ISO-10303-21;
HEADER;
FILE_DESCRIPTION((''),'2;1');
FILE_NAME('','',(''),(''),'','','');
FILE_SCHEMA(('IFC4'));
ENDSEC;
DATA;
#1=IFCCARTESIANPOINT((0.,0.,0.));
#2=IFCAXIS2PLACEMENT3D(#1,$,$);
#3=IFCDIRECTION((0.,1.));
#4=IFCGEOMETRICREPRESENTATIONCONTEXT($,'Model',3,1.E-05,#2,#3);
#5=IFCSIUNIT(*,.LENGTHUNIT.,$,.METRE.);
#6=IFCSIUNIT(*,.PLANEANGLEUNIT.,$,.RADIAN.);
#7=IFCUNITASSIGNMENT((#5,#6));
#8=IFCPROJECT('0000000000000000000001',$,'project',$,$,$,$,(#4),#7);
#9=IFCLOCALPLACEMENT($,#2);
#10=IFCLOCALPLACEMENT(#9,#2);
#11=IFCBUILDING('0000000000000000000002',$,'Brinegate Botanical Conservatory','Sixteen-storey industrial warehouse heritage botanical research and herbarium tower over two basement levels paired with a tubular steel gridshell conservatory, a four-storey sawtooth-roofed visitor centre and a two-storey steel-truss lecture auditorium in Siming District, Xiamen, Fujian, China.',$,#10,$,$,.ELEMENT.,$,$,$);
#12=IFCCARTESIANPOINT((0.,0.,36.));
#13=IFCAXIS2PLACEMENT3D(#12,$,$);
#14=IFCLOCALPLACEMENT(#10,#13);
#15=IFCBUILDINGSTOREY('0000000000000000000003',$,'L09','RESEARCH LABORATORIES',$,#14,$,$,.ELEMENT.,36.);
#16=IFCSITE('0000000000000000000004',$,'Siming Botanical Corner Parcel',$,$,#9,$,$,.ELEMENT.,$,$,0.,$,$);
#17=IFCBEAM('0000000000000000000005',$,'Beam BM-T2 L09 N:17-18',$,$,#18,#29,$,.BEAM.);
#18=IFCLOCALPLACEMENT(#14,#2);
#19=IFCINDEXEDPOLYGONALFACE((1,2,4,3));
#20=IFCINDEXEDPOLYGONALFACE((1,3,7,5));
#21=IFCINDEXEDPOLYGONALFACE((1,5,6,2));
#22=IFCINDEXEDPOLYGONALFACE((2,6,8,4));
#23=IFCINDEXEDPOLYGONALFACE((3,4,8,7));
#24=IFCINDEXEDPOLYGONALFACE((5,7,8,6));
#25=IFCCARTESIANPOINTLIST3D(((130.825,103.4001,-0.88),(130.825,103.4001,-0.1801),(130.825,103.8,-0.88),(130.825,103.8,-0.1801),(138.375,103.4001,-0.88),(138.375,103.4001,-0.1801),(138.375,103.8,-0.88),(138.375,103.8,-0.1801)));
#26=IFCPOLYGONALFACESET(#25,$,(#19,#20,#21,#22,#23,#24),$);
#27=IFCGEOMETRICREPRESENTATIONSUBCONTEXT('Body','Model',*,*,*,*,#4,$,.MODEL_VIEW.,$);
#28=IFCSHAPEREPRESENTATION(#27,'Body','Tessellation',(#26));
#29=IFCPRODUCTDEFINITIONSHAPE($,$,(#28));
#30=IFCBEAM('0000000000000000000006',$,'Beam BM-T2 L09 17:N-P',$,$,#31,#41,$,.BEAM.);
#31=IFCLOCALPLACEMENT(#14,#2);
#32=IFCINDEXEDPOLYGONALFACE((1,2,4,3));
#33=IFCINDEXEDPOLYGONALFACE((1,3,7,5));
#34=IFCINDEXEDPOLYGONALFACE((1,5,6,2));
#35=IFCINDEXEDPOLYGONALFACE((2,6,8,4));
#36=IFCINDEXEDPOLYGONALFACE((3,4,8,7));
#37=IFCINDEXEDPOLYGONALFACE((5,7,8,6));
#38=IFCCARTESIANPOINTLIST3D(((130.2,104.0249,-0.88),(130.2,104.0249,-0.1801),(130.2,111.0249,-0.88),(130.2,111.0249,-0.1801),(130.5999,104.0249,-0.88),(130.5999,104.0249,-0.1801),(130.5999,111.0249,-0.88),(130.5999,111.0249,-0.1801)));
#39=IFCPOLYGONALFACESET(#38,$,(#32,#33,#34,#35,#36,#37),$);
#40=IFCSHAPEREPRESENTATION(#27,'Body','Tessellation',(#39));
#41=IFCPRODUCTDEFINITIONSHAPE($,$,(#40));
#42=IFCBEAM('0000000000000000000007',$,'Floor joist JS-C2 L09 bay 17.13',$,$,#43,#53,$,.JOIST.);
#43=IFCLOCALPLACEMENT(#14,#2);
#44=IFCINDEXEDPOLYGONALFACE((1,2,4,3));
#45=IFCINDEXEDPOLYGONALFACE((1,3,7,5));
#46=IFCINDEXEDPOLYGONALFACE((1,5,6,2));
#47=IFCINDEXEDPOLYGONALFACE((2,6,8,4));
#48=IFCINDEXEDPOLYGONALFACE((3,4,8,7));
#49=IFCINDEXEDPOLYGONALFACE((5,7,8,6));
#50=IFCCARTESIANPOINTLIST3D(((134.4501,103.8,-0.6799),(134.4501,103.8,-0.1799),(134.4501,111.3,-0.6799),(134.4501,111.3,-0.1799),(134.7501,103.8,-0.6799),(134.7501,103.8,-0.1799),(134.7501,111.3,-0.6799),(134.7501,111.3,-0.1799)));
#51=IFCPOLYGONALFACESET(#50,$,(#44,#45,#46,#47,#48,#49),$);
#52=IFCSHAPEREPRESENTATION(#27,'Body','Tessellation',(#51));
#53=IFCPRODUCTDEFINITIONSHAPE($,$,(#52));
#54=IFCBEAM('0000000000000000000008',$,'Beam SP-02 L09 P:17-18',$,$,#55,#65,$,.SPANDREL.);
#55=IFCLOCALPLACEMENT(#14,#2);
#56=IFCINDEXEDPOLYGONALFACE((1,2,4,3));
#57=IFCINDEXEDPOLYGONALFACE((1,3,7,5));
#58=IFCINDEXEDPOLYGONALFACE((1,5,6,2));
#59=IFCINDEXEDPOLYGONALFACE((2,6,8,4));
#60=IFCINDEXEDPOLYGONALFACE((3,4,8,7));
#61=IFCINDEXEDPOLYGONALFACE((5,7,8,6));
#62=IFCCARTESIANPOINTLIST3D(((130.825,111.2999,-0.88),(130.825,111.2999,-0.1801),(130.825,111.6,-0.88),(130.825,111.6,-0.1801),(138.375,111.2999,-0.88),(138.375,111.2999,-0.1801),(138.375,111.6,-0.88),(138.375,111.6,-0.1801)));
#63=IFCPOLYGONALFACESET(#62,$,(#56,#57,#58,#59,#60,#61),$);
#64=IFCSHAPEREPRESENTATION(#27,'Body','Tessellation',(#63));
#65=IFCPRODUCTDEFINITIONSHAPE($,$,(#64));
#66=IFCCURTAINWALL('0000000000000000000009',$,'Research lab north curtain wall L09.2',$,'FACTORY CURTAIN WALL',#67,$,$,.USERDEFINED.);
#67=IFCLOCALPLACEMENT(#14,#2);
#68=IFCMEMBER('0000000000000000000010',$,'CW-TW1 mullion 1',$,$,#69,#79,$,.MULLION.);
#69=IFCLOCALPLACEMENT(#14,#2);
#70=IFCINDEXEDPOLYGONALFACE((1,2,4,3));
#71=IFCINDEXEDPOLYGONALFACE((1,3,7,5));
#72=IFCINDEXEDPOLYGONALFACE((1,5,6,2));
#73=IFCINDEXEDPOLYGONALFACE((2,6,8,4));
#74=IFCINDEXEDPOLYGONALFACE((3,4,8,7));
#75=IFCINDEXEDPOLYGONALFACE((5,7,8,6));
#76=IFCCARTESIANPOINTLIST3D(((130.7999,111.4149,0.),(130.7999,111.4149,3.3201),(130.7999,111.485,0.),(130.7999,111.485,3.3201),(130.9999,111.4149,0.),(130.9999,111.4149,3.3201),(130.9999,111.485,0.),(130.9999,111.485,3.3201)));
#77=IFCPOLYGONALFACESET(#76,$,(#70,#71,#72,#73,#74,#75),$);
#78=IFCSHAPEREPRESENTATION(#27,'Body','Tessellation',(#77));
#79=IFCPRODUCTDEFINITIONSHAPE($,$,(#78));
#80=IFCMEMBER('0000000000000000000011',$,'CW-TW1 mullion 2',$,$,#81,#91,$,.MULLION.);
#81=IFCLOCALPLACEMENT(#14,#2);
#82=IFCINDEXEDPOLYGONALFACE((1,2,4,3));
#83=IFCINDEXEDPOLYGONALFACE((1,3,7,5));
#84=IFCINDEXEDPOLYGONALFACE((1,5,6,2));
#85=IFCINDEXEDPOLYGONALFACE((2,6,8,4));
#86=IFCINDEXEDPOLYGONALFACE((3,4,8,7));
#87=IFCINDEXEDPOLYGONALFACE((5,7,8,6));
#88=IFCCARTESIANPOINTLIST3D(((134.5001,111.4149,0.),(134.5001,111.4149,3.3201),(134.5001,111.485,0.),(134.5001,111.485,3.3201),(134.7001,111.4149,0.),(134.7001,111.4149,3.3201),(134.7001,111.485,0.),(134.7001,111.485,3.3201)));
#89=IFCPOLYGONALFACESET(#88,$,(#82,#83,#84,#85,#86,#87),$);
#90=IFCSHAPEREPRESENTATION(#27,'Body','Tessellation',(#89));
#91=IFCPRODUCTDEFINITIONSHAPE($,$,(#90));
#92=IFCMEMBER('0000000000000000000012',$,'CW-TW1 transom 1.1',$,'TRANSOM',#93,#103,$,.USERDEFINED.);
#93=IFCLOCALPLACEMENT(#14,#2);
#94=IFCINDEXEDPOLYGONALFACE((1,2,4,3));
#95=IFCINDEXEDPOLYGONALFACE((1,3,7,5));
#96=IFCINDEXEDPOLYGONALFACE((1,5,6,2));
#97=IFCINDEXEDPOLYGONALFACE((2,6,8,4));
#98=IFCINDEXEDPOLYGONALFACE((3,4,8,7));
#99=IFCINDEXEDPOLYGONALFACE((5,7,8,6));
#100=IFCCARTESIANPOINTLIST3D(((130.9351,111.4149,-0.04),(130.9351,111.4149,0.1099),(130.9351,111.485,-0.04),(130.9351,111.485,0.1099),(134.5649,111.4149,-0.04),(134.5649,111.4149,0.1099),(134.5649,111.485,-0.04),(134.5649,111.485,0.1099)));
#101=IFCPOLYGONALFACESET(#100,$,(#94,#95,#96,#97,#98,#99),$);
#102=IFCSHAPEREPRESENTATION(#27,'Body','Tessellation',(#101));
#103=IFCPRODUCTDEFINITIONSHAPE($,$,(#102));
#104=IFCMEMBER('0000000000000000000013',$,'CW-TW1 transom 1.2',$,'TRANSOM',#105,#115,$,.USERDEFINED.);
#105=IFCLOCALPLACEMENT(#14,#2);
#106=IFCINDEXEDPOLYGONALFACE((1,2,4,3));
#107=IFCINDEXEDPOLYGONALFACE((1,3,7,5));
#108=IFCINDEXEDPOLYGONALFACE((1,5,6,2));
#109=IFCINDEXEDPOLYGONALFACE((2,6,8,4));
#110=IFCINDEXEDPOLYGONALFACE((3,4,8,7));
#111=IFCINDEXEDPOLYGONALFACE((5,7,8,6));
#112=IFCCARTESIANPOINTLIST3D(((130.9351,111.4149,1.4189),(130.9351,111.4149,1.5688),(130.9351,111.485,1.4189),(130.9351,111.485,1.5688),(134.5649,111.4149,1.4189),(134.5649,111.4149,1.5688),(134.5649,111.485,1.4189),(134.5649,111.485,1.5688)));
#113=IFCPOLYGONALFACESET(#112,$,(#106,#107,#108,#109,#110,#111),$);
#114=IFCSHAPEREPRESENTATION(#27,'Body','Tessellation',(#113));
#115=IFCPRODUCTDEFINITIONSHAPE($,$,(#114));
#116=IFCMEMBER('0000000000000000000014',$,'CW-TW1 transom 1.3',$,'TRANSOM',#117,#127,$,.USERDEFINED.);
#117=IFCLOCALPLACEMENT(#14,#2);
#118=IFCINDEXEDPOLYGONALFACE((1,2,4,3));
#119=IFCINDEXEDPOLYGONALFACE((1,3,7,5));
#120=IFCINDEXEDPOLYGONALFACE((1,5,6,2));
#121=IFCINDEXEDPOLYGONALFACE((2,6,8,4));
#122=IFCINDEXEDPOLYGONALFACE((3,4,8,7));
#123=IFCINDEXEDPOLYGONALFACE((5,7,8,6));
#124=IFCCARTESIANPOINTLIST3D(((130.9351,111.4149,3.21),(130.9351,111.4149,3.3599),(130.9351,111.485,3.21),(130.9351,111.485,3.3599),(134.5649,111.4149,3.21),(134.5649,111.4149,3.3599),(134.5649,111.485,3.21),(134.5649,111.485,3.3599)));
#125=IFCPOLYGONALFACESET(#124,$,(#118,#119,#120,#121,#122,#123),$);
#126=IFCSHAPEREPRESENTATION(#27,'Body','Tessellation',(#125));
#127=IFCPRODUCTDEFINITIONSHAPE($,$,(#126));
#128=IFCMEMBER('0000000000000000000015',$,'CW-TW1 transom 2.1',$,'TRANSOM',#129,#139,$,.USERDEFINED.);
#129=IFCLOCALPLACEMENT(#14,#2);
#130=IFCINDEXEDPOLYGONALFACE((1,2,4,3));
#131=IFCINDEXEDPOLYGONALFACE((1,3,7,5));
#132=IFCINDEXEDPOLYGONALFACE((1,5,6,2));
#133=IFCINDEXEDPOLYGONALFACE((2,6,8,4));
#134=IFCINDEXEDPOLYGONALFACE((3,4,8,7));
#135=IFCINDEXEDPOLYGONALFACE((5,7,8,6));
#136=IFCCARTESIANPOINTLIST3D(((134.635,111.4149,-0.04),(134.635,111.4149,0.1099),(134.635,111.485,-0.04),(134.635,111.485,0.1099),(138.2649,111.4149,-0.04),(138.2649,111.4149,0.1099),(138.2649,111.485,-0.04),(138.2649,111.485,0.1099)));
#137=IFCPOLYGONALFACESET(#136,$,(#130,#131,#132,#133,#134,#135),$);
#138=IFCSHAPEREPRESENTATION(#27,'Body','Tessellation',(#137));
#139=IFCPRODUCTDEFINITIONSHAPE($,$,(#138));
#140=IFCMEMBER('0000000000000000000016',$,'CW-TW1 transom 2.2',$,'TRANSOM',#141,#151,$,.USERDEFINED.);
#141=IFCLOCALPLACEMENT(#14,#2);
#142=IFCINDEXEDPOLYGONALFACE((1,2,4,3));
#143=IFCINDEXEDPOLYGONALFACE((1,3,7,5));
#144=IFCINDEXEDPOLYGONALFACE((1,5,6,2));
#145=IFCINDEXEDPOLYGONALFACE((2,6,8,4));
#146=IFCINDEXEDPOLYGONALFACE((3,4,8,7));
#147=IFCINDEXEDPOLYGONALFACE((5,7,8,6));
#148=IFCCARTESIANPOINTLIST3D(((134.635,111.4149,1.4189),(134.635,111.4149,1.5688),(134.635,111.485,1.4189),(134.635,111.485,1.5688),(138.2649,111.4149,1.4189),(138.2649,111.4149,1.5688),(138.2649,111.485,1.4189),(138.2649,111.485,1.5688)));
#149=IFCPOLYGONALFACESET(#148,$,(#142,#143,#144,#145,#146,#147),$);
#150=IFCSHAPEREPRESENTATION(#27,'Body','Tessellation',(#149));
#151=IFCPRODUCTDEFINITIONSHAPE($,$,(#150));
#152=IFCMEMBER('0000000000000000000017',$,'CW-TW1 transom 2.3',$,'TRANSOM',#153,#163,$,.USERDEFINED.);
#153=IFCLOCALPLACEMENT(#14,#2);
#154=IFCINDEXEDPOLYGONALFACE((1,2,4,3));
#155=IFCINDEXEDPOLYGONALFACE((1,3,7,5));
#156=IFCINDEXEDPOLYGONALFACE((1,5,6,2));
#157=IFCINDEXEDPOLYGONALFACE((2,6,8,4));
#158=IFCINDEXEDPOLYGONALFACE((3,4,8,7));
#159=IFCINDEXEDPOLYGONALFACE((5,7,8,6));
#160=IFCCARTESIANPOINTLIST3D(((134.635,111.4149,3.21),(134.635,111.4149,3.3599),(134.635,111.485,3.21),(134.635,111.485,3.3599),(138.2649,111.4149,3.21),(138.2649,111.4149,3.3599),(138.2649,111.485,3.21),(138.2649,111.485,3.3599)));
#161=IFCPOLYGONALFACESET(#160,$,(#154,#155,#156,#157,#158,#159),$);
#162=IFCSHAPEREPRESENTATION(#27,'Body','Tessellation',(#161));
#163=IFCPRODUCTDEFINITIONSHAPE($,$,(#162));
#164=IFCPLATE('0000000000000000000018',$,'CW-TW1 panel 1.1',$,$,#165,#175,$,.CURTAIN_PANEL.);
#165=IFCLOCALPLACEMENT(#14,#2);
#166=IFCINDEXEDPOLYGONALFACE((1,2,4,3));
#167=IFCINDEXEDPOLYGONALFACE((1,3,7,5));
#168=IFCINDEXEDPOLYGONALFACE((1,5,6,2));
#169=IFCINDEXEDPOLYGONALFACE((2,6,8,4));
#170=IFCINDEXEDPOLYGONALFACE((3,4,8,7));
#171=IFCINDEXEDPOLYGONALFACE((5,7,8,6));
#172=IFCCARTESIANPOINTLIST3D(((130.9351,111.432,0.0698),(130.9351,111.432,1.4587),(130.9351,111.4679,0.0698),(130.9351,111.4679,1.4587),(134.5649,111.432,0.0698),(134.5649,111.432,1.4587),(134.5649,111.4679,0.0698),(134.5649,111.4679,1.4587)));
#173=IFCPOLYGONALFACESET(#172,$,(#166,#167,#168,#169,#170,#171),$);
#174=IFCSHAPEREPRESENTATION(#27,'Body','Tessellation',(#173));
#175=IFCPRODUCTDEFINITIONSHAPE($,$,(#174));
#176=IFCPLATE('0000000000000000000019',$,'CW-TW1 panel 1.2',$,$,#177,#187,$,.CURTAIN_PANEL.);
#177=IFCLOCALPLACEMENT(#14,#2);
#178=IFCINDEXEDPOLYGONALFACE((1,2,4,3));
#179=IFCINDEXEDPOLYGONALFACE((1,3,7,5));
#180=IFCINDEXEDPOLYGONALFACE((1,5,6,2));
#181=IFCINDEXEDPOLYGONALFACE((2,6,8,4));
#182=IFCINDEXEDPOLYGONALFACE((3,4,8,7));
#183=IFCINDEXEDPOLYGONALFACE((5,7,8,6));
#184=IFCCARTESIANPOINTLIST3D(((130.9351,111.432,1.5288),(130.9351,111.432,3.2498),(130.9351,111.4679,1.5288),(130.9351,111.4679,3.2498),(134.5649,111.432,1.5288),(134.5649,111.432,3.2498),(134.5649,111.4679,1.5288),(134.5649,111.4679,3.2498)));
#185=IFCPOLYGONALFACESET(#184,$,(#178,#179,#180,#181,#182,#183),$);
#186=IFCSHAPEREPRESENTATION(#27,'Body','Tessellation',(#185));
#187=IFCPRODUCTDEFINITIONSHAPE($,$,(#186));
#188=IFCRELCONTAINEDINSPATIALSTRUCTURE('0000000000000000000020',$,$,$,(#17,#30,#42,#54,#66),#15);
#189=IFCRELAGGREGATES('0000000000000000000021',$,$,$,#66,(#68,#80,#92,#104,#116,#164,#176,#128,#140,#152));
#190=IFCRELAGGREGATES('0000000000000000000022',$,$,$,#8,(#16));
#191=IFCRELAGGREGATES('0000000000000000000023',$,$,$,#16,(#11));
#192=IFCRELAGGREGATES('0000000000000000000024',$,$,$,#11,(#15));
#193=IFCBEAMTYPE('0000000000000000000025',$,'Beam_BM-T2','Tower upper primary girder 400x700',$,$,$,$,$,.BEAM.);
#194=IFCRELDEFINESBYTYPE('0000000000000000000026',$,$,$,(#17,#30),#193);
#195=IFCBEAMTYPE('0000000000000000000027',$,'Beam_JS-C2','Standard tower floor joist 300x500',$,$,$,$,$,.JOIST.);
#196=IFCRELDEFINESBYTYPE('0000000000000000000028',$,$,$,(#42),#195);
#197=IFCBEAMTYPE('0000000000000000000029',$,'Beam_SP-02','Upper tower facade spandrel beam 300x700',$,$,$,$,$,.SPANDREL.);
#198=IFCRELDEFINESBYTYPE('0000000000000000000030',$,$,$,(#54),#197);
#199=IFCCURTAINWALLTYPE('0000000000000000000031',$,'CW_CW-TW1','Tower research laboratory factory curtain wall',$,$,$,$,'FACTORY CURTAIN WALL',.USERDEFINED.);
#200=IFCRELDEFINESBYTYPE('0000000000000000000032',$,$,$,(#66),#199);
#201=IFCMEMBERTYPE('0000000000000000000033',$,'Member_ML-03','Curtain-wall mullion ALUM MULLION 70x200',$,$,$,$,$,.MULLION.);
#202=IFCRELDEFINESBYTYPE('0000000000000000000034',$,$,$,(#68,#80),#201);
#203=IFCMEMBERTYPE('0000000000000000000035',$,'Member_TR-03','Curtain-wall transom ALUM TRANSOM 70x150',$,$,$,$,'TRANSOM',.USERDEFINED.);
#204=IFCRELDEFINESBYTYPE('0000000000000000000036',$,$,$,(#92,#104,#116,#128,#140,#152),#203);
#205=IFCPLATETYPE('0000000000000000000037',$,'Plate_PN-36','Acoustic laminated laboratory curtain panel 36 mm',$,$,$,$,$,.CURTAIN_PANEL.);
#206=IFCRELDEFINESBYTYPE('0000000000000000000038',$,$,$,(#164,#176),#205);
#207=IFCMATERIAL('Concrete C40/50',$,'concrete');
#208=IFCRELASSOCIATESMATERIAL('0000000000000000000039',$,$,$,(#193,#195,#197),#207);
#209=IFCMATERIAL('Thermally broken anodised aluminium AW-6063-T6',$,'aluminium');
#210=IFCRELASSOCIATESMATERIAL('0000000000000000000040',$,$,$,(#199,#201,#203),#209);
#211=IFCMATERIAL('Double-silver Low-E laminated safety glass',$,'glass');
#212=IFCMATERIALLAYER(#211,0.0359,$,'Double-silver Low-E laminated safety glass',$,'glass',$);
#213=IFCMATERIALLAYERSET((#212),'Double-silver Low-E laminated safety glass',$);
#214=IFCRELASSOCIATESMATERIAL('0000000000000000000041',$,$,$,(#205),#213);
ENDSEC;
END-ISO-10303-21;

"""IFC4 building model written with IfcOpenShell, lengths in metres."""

from ifc_helpers import new_model, si_unit, direction, frame, origin, origin_2d, place, context, subcontext, project, spatial, rectangle, extrude, material, layer, layer_set, material_profile, profile_set, type_object, element, aggregate, save


model = new_model("IFC4")

# Units and contexts
model_context = context("Model", 3, precision=1e-05, world=origin(), true_north=direction((0.0, 1.0)))
body_context = subcontext(model_context, "Body", "Model", "MODEL_VIEW")
ifc_project = project(units=[si_unit("LENGTHUNIT", "METRE"), si_unit("PLANEANGLEUNIT", "RADIAN")], contexts=[model_context])

# Site, building, storey
site_placement = place(None, origin())
site = spatial("IfcSite", under=ifc_project, at=site_placement, Name="Siming Botanical Corner Parcel", CompositionType="ELEMENT", RefElevation=0.0)
building_placement = place(site_placement, origin())
building = spatial("IfcBuilding", under=site, at=building_placement, Name="Brinegate Botanical Conservatory", Description="Sixteen-storey industrial warehouse heritage botanical research and herbarium tower over two basement levels paired with a tubular steel gridshell conservatory, a four-storey sawtooth-roofed visitor centre and a two-storey steel-truss lecture auditorium in Siming District, Xiamen, Fujian, China.", CompositionType="ELEMENT")
storey_placement = place(building_placement, frame((0.0, 0.0, 36.0)))
storey = spatial("IfcBuildingStorey", under=building, at=storey_placement, Name="L09", Description="RESEARCH LABORATORIES", CompositionType="ELEMENT", Elevation=36.0)

# Beams
ifc_material_1 = material(Name="Concrete C40/50", Category="concrete")
ifc_material_profile_1 = material_profile(ifc_material_1, rectangle(XDim=0.3999, YDim=0.7, at=origin_2d()), Name="RC BM 400x700")
ifc_profile_set_1 = profile_set([ifc_material_profile_1], Name="Concrete C40/50")
beam_type_1 = type_object("IfcBeamType", Name="Beam_BM-T2", Description="Tower upper primary girder 400x700", PredefinedType="BEAM", material=ifc_profile_set_1)
beam_1_placement = place(storey_placement, frame((130.825, 103.6001, -0.53), z_axis=(1.0, 0.0, 0.0), x_axis=(0.0, 1.0, 0.0)))
element("IfcBeam", 1, at=beam_1_placement, inside=storey, type_object=beam_type_1, Name="Beam BM-T2 L09 N:17-18", PredefinedType="BEAM", context=body_context, shape_type="SweptSolid", body=[
    extrude(rectangle(XDim=0.3999, YDim=0.7, at=origin_2d()), origin(), (0.0, 0.0, 1.0), 7.55),
])
beam_2_placement = place(storey_placement, frame((130.3999, 104.0249, -0.53), z_axis=(0.0, 1.0, 0.0), x_axis=(-1.0, 0.0, 0.0)))
element("IfcBeam", 2, at=beam_2_placement, inside=storey, type_object=beam_type_1, Name="Beam BM-T2 L09 17:N-P", PredefinedType="BEAM", context=body_context, shape_type="SweptSolid", body=[
    extrude(rectangle(XDim=0.3999, YDim=0.7, at=origin_2d()), origin(), (0.0, 0.0, 1.0), 7.0),
])
ifc_material_profile_2 = material_profile(ifc_material_1, rectangle(XDim=0.3, YDim=0.5, at=origin_2d()), Name="RC JST 300x500")
ifc_profile_set_2 = profile_set([ifc_material_profile_2], Name="Concrete C40/50")
beam_type_2 = type_object("IfcBeamType", Name="Beam_JS-C2", Description="Standard tower floor joist 300x500", PredefinedType="JOIST", material=ifc_profile_set_2)
beam_3_placement = place(storey_placement, frame((134.6001, 103.8, -0.4299), z_axis=(0.0, 1.0, 0.0), x_axis=(-1.0, 0.0, 0.0)))
element("IfcBeam", 3, at=beam_3_placement, inside=storey, type_object=beam_type_2, Name="Floor joist JS-C2 L09 bay 17.13", PredefinedType="JOIST", context=body_context, shape_type="SweptSolid", body=[
    extrude(rectangle(XDim=0.3, YDim=0.5, at=origin_2d()), origin(), (0.0, 0.0, 1.0), 7.5),
])
ifc_material_profile_3 = material_profile(ifc_material_1, rectangle(XDim=0.3, YDim=0.7, at=origin_2d()), Name="RC SPN 300x700")
ifc_profile_set_3 = profile_set([ifc_material_profile_3], Name="Concrete C40/50")
beam_type_3 = type_object("IfcBeamType", Name="Beam_SP-02", Description="Upper tower facade spandrel beam 300x700", PredefinedType="SPANDREL", material=ifc_profile_set_3)
beam_4_placement = place(storey_placement, frame((130.825, 111.45, -0.53), z_axis=(1.0, 0.0, 0.0), x_axis=(0.0, 1.0, 0.0)))
element("IfcBeam", 4, at=beam_4_placement, inside=storey, type_object=beam_type_3, Name="Beam SP-02 L09 P:17-18", PredefinedType="SPANDREL", context=body_context, shape_type="SweptSolid", body=[
    extrude(rectangle(XDim=0.3, YDim=0.7, at=origin_2d()), origin(), (0.0, 0.0, 1.0), 7.55),
])

# Curtain wall, members, plates
ifc_material_2 = material(Name="Thermally broken anodised aluminium AW-6063-T6", Category="aluminium")
curtain_wall_type = type_object("IfcCurtainWallType", Name="CW_CW-TW1", Description="Tower research laboratory factory curtain wall", ElementType="FACTORY CURTAIN WALL", PredefinedType="USERDEFINED", material=ifc_material_2)
curtain_wall_placement = place(storey_placement, origin())
curtain_wall = element("IfcCurtainWall", 5, at=curtain_wall_placement, inside=storey, type_object=curtain_wall_type, Name="Research lab north curtain wall L09.2", ObjectType="FACTORY CURTAIN WALL", PredefinedType="USERDEFINED")
ifc_material_profile_4 = material_profile(ifc_material_2, rectangle(XDim=0.0701, YDim=0.2, at=origin_2d()), Name="ALUM MULLION 70x200")
ifc_profile_set_4 = profile_set([ifc_material_profile_4], Name="Thermally broken anodised aluminium AW-6063-T6")
member_type_1 = type_object("IfcMemberType", Name="Member_ML-03", Description="Curtain-wall mullion ALUM MULLION 70x200", PredefinedType="MULLION", material=ifc_profile_set_4)
member_1_placement = place(storey_placement, frame((130.8999, 111.45, 0.0), z_axis=(0.0, 0.0, 1.0), x_axis=(0.0, 1.0, 0.0)))
member_1 = element("IfcMember", 6, at=member_1_placement, type_object=member_type_1, Name="CW-TW1 mullion 1", PredefinedType="MULLION", context=body_context, shape_type="SweptSolid", body=[
    extrude(rectangle(XDim=0.0701, YDim=0.2, at=origin_2d()), origin(), (0.0, 0.0, 1.0), 3.3201),
])
member_2_placement = place(storey_placement, frame((134.6001, 111.45, 0.0), z_axis=(0.0, 0.0, 1.0), x_axis=(0.0, 1.0, 0.0)))
member_2 = element("IfcMember", 7, at=member_2_placement, type_object=member_type_1, Name="CW-TW1 mullion 2", PredefinedType="MULLION", context=body_context, shape_type="SweptSolid", body=[
    extrude(rectangle(XDim=0.0701, YDim=0.2, at=origin_2d()), origin(), (0.0, 0.0, 1.0), 3.3201),
])
ifc_material_profile_5 = material_profile(ifc_material_2, rectangle(XDim=0.0701, YDim=0.1499, at=origin_2d()), Name="ALUM TRANSOM 70x150")
ifc_profile_set_5 = profile_set([ifc_material_profile_5], Name="Thermally broken anodised aluminium AW-6063-T6")
member_type_2 = type_object("IfcMemberType", Name="Member_TR-03", Description="Curtain-wall transom ALUM TRANSOM 70x150", ElementType="TRANSOM", PredefinedType="USERDEFINED", material=ifc_profile_set_5)
member_3_placement = place(storey_placement, frame((130.9351, 111.45, 0.0349), z_axis=(1.0, 0.0, 0.0), x_axis=(0.0, 1.0, 0.0)))
member_3 = element("IfcMember", 8, at=member_3_placement, type_object=member_type_2, Name="CW-TW1 transom 1.1", ObjectType="TRANSOM", PredefinedType="USERDEFINED", context=body_context, shape_type="SweptSolid", body=[
    extrude(rectangle(XDim=0.0701, YDim=0.1499, at=origin_2d()), origin(), (0.0, 0.0, 1.0), 3.6299),
])
member_4_placement = place(storey_placement, frame((130.9351, 111.45, 1.4939), z_axis=(1.0, 0.0, 0.0), x_axis=(0.0, 1.0, 0.0)))
member_4 = element("IfcMember", 9, at=member_4_placement, type_object=member_type_2, Name="CW-TW1 transom 1.2", ObjectType="TRANSOM", PredefinedType="USERDEFINED", context=body_context, shape_type="SweptSolid", body=[
    extrude(rectangle(XDim=0.0701, YDim=0.1499, at=origin_2d()), origin(), (0.0, 0.0, 1.0), 3.6299),
])
member_5_placement = place(storey_placement, frame((130.9351, 111.45, 3.2849), z_axis=(1.0, 0.0, 0.0), x_axis=(0.0, 1.0, 0.0)))
member_5 = element("IfcMember", 10, at=member_5_placement, type_object=member_type_2, Name="CW-TW1 transom 1.3", ObjectType="TRANSOM", PredefinedType="USERDEFINED", context=body_context, shape_type="SweptSolid", body=[
    extrude(rectangle(XDim=0.0701, YDim=0.1499, at=origin_2d()), origin(), (0.0, 0.0, 1.0), 3.6299),
])
member_6_placement = place(storey_placement, frame((134.635, 111.45, 0.0349), z_axis=(1.0, 0.0, 0.0), x_axis=(0.0, 1.0, 0.0)))
member_6 = element("IfcMember", 11, at=member_6_placement, type_object=member_type_2, Name="CW-TW1 transom 2.1", ObjectType="TRANSOM", PredefinedType="USERDEFINED", context=body_context, shape_type="SweptSolid", body=[
    extrude(rectangle(XDim=0.0701, YDim=0.1499, at=origin_2d()), origin(), (0.0, 0.0, 1.0), 3.6299),
])
member_7_placement = place(storey_placement, frame((134.635, 111.45, 1.4939), z_axis=(1.0, 0.0, 0.0), x_axis=(0.0, 1.0, 0.0)))
member_7 = element("IfcMember", 12, at=member_7_placement, type_object=member_type_2, Name="CW-TW1 transom 2.2", ObjectType="TRANSOM", PredefinedType="USERDEFINED", context=body_context, shape_type="SweptSolid", body=[
    extrude(rectangle(XDim=0.0701, YDim=0.1499, at=origin_2d()), origin(), (0.0, 0.0, 1.0), 3.6299),
])
member_8_placement = place(storey_placement, frame((134.635, 111.45, 3.2849), z_axis=(1.0, 0.0, 0.0), x_axis=(0.0, 1.0, 0.0)))
member_8 = element("IfcMember", 13, at=member_8_placement, type_object=member_type_2, Name="CW-TW1 transom 2.3", ObjectType="TRANSOM", PredefinedType="USERDEFINED", context=body_context, shape_type="SweptSolid", body=[
    extrude(rectangle(XDim=0.0701, YDim=0.1499, at=origin_2d()), origin(), (0.0, 0.0, 1.0), 3.6299),
])
ifc_material_3 = material(Name="Double-silver Low-E laminated safety glass", Category="glass")
ifc_layer_1 = layer(ifc_material_3, 0.0359, Name="Double-silver Low-E laminated safety glass", Category="glass")
ifc_layer_set_1 = layer_set([ifc_layer_1], Name="Double-silver Low-E laminated safety glass")
plate_type = type_object("IfcPlateType", Name="Plate_PN-36", Description="Acoustic laminated laboratory curtain panel 36 mm", PredefinedType="CURTAIN_PANEL", material=ifc_layer_set_1)
plate_1_placement = place(storey_placement, frame((132.75, 111.45, 0.0698), z_axis=(0.0, 0.0, 1.0), x_axis=(1.0, 0.0, 0.0)))
plate_1 = element("IfcPlate", 14, at=plate_1_placement, type_object=plate_type, Name="CW-TW1 panel 1.1", PredefinedType="CURTAIN_PANEL", context=body_context, shape_type="SweptSolid", body=[
    extrude(rectangle(XDim=3.6299, YDim=0.0359, at=origin_2d()), origin(), (0.0, 0.0, 1.0), 1.3889),
])
plate_2_placement = place(storey_placement, frame((132.75, 111.45, 1.5288), z_axis=(0.0, 0.0, 1.0), x_axis=(1.0, 0.0, 0.0)))
plate_2 = element("IfcPlate", 15, at=plate_2_placement, type_object=plate_type, Name="CW-TW1 panel 1.2", PredefinedType="CURTAIN_PANEL", context=body_context, shape_type="SweptSolid", body=[
    extrude(rectangle(XDim=3.6299, YDim=0.0359, at=origin_2d()), origin(), (0.0, 0.0, 1.0), 1.7209),
])
aggregate(curtain_wall, [member_1, member_2, member_3, member_4, member_5, plate_1, plate_2, member_6, member_7, member_8])

save(model, "model.ifc")
